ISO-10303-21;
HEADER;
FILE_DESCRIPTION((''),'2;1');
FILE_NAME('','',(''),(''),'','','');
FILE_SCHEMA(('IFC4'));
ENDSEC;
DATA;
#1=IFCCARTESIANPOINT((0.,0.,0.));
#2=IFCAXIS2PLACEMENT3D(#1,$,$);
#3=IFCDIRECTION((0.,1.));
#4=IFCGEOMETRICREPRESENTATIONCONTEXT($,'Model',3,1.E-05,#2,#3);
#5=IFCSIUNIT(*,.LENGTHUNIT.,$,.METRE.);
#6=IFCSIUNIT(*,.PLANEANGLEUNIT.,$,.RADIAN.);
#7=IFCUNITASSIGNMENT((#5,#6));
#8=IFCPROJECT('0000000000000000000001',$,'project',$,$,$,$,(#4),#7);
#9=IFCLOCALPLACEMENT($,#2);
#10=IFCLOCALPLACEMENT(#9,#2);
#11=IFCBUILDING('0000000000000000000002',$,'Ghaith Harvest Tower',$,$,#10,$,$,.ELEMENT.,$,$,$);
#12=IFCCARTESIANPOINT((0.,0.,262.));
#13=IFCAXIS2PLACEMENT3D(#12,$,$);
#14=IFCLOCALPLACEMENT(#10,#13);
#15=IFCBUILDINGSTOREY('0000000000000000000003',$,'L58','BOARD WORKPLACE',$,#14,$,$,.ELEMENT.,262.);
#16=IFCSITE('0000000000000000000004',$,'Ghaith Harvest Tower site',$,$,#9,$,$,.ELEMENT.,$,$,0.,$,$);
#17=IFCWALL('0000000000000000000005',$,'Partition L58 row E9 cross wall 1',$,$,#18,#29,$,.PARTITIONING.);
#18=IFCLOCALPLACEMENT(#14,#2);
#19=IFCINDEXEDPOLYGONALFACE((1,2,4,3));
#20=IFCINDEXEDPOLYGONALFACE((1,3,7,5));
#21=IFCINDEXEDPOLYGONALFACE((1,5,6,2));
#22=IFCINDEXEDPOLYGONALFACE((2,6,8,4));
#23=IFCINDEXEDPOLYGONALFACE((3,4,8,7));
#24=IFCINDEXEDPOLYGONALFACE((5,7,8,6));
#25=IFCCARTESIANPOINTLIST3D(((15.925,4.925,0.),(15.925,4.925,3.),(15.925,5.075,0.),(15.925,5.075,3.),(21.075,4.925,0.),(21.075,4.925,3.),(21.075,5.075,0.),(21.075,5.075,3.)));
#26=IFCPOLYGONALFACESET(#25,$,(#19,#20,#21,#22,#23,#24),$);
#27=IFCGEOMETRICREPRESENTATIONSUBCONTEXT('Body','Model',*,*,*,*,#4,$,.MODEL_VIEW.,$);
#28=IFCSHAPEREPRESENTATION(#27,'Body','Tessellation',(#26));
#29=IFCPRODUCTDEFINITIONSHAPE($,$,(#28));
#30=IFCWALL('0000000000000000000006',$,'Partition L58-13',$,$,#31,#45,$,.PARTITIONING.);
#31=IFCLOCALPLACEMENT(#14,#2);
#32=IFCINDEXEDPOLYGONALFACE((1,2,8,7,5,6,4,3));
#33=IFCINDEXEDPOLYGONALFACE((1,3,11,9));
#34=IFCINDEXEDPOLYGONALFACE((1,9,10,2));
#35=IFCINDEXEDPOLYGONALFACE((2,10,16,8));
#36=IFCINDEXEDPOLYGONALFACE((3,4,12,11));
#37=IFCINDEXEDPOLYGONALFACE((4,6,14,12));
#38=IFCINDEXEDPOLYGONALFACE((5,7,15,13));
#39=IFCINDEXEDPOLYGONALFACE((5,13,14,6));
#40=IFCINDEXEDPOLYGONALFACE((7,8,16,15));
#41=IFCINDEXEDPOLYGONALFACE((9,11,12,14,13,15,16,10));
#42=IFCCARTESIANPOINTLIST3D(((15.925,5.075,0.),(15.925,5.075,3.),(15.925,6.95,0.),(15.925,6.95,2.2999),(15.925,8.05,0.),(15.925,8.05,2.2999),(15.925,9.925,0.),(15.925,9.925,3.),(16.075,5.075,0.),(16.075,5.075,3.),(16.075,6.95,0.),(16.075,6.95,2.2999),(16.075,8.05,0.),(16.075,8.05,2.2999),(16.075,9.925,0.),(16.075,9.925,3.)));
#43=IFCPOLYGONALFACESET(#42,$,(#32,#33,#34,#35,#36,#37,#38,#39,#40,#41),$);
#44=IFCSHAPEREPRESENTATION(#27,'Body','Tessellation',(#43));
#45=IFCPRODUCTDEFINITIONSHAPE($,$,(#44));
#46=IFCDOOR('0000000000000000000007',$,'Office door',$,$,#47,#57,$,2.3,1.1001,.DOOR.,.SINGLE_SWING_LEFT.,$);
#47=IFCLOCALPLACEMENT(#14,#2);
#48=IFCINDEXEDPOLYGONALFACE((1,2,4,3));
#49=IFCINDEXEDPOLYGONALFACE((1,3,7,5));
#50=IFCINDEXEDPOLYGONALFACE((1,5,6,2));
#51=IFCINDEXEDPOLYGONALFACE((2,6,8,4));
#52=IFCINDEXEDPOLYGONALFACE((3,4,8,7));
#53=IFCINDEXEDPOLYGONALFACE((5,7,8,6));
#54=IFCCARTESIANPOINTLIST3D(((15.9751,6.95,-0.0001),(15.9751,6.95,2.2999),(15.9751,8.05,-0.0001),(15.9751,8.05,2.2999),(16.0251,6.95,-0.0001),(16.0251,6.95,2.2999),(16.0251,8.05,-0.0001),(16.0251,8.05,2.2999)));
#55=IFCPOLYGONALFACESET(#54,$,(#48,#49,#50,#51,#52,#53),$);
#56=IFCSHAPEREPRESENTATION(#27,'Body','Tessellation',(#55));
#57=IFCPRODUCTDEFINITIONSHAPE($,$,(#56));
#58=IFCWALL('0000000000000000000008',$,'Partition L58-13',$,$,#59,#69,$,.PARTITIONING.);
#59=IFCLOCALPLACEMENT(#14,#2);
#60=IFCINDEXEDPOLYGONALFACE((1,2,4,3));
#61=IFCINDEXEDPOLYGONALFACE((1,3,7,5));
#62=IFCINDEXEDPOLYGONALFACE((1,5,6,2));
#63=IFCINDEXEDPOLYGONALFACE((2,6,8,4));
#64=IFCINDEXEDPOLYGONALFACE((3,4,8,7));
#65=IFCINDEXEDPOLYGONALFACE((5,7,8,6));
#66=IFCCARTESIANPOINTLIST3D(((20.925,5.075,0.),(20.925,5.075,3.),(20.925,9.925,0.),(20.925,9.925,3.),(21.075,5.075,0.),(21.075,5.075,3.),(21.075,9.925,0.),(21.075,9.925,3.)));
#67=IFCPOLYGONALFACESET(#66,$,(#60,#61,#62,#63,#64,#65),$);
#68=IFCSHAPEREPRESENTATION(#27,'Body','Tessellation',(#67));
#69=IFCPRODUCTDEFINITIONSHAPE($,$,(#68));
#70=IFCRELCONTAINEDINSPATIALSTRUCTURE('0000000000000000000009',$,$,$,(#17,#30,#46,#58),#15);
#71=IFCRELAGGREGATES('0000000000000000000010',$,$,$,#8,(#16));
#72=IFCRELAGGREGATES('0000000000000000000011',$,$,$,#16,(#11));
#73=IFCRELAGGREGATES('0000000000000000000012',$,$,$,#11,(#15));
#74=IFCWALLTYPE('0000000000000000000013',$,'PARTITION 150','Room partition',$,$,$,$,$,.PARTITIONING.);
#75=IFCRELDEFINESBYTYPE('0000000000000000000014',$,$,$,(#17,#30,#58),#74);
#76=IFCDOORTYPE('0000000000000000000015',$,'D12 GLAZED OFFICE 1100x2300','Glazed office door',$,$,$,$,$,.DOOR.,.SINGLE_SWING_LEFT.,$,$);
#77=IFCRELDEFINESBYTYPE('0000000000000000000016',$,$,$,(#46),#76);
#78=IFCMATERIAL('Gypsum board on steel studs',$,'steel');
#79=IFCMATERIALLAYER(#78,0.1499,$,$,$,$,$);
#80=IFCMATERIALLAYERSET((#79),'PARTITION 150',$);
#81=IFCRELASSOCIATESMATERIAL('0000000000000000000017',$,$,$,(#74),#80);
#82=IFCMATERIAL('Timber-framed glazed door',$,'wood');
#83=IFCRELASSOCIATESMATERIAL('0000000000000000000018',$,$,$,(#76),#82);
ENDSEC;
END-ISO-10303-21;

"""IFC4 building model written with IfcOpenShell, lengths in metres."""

from ifc_helpers import new_model, si_unit, direction, frame, frame_2d, origin, place, context, subcontext, project, spatial, rectangle, extrude, material, layer, layer_set, type_object, element, fill, save


model = new_model("IFC4")

# Units and contexts
model_context = context("Model", 3, precision=1e-05, world=origin(), true_north=direction((0.0, 1.0)))
body_context = subcontext(model_context, "Body", "Model", "MODEL_VIEW")
ifc_project = project(units=[si_unit("LENGTHUNIT", "METRE"), si_unit("PLANEANGLEUNIT", "RADIAN")], contexts=[model_context])

# Site, building, storey
site_placement = place(None, origin())
site = spatial("IfcSite", under=ifc_project, at=site_placement, Name="Ghaith Harvest Tower site", CompositionType="ELEMENT", RefElevation=0.0)
building_placement = place(site_placement, origin())
building = spatial("IfcBuilding", under=site, at=building_placement, Name="Ghaith Harvest Tower", CompositionType="ELEMENT")
storey_placement = place(building_placement, frame((0.0, 0.0, 262.0)))
storey = spatial("IfcBuildingStorey", under=building, at=storey_placement, Name="L58", Description="BOARD WORKPLACE", CompositionType="ELEMENT", Elevation=262.0)

# Wall
ifc_material_1 = material(Name="Gypsum board on steel studs", Category="steel")
ifc_layer_1 = layer(ifc_material_1, 0.1499)
ifc_layer_set_1 = layer_set([ifc_layer_1], Name="PARTITION 150")
wall_type_1 = type_object("IfcWallType", Name="PARTITION 150", Description="Room partition", PredefinedType="PARTITIONING", material=ifc_layer_set_1)
wall_1_placement = place(storey_placement, frame((15.925, 5.0, 0.0), z_axis=(0.0, 0.0, 1.0), x_axis=(1.0, 0.0, 0.0)))
element("IfcWall", 1, at=wall_1_placement, inside=storey, type_object=wall_type_1, Name="Partition L58 row E9 cross wall 1", PredefinedType="PARTITIONING", context=body_context, shape_type="SweptSolid", body=[
    extrude(rectangle(XDim=5.1499, YDim=0.1499, at=frame_2d((2.575, 0.0))), origin(), (0.0, 0.0, 1.0), 3.0),
])

# Wall, opening, door
wall_2_placement = place(storey_placement, frame((16.0, 5.075, 0.0), z_axis=(0.0, 0.0, 1.0), x_axis=(0.0, 1.0, 0.0)))
wall_2 = element("IfcWall", 2, at=wall_2_placement, inside=storey, type_object=wall_type_1, Name="Partition L58-13", PredefinedType="PARTITIONING", context=body_context, shape_type="SweptSolid", body=[
    extrude(rectangle(XDim=4.8501, YDim=0.1499, at=frame_2d((2.425, 0.0))), origin(), (0.0, 0.0, 1.0), 3.0),
])
opening_placement = place(wall_2_placement, frame((1.875, 0.0, 0.0)))
opening = element("IfcOpeningElement", 3, at=opening_placement, cuts=wall_2, PredefinedType="OPENING", context=body_context, shape_type="SweptSolid", body=[
    extrude(rectangle(XDim=1.1001, YDim=2.3, at=frame_2d((0.55, 1.1499))), frame((0.0, 0.085, 0.0), z_axis=(0.0, -1.0, 0.0), x_axis=(1.0, 0.0, 0.0)), (0.0, 0.0, 1.0), 0.1699),
])
ifc_material_2 = material(Name="Timber-framed glazed door", Category="wood")
door_type = type_object("IfcDoorType", Name="D12 GLAZED OFFICE 1100x2300", Description="Glazed office door", OperationType="SINGLE_SWING_LEFT", PredefinedType="DOOR", material=ifc_material_2)
door_placement = place(opening_placement, origin())
door = element("IfcDoor", 4, at=door_placement, inside=storey, type_object=door_type, Name="Office door", OperationType="SINGLE_SWING_LEFT", OverallHeight=2.3, OverallWidth=1.1001, PredefinedType="DOOR", context=body_context, shape_type="SweptSolid", body=[
    extrude(rectangle(XDim=1.1001, YDim=2.3, at=frame_2d((0.55, 1.1499))), frame((0.0, 0.0249, 0.0), z_axis=(0.0, -1.0, 0.0), x_axis=(1.0, 0.0, 0.0)), (0.0, 0.0, 1.0), 0.05),
])
fill(opening, door)

# Wall
wall_3_placement = place(storey_placement, frame((21.0, 5.075, 0.0), z_axis=(0.0, 0.0, 1.0), x_axis=(0.0, 1.0, 0.0)))
element("IfcWall", 5, at=wall_3_placement, inside=storey, type_object=wall_type_1, Name="Partition L58-13", PredefinedType="PARTITIONING", context=body_context, shape_type="SweptSolid", body=[
    extrude(rectangle(XDim=4.8501, YDim=0.1499, at=frame_2d((2.425, 0.0))), origin(), (0.0, 0.0, 1.0), 3.0),
])

save(model, "model.ifc")
